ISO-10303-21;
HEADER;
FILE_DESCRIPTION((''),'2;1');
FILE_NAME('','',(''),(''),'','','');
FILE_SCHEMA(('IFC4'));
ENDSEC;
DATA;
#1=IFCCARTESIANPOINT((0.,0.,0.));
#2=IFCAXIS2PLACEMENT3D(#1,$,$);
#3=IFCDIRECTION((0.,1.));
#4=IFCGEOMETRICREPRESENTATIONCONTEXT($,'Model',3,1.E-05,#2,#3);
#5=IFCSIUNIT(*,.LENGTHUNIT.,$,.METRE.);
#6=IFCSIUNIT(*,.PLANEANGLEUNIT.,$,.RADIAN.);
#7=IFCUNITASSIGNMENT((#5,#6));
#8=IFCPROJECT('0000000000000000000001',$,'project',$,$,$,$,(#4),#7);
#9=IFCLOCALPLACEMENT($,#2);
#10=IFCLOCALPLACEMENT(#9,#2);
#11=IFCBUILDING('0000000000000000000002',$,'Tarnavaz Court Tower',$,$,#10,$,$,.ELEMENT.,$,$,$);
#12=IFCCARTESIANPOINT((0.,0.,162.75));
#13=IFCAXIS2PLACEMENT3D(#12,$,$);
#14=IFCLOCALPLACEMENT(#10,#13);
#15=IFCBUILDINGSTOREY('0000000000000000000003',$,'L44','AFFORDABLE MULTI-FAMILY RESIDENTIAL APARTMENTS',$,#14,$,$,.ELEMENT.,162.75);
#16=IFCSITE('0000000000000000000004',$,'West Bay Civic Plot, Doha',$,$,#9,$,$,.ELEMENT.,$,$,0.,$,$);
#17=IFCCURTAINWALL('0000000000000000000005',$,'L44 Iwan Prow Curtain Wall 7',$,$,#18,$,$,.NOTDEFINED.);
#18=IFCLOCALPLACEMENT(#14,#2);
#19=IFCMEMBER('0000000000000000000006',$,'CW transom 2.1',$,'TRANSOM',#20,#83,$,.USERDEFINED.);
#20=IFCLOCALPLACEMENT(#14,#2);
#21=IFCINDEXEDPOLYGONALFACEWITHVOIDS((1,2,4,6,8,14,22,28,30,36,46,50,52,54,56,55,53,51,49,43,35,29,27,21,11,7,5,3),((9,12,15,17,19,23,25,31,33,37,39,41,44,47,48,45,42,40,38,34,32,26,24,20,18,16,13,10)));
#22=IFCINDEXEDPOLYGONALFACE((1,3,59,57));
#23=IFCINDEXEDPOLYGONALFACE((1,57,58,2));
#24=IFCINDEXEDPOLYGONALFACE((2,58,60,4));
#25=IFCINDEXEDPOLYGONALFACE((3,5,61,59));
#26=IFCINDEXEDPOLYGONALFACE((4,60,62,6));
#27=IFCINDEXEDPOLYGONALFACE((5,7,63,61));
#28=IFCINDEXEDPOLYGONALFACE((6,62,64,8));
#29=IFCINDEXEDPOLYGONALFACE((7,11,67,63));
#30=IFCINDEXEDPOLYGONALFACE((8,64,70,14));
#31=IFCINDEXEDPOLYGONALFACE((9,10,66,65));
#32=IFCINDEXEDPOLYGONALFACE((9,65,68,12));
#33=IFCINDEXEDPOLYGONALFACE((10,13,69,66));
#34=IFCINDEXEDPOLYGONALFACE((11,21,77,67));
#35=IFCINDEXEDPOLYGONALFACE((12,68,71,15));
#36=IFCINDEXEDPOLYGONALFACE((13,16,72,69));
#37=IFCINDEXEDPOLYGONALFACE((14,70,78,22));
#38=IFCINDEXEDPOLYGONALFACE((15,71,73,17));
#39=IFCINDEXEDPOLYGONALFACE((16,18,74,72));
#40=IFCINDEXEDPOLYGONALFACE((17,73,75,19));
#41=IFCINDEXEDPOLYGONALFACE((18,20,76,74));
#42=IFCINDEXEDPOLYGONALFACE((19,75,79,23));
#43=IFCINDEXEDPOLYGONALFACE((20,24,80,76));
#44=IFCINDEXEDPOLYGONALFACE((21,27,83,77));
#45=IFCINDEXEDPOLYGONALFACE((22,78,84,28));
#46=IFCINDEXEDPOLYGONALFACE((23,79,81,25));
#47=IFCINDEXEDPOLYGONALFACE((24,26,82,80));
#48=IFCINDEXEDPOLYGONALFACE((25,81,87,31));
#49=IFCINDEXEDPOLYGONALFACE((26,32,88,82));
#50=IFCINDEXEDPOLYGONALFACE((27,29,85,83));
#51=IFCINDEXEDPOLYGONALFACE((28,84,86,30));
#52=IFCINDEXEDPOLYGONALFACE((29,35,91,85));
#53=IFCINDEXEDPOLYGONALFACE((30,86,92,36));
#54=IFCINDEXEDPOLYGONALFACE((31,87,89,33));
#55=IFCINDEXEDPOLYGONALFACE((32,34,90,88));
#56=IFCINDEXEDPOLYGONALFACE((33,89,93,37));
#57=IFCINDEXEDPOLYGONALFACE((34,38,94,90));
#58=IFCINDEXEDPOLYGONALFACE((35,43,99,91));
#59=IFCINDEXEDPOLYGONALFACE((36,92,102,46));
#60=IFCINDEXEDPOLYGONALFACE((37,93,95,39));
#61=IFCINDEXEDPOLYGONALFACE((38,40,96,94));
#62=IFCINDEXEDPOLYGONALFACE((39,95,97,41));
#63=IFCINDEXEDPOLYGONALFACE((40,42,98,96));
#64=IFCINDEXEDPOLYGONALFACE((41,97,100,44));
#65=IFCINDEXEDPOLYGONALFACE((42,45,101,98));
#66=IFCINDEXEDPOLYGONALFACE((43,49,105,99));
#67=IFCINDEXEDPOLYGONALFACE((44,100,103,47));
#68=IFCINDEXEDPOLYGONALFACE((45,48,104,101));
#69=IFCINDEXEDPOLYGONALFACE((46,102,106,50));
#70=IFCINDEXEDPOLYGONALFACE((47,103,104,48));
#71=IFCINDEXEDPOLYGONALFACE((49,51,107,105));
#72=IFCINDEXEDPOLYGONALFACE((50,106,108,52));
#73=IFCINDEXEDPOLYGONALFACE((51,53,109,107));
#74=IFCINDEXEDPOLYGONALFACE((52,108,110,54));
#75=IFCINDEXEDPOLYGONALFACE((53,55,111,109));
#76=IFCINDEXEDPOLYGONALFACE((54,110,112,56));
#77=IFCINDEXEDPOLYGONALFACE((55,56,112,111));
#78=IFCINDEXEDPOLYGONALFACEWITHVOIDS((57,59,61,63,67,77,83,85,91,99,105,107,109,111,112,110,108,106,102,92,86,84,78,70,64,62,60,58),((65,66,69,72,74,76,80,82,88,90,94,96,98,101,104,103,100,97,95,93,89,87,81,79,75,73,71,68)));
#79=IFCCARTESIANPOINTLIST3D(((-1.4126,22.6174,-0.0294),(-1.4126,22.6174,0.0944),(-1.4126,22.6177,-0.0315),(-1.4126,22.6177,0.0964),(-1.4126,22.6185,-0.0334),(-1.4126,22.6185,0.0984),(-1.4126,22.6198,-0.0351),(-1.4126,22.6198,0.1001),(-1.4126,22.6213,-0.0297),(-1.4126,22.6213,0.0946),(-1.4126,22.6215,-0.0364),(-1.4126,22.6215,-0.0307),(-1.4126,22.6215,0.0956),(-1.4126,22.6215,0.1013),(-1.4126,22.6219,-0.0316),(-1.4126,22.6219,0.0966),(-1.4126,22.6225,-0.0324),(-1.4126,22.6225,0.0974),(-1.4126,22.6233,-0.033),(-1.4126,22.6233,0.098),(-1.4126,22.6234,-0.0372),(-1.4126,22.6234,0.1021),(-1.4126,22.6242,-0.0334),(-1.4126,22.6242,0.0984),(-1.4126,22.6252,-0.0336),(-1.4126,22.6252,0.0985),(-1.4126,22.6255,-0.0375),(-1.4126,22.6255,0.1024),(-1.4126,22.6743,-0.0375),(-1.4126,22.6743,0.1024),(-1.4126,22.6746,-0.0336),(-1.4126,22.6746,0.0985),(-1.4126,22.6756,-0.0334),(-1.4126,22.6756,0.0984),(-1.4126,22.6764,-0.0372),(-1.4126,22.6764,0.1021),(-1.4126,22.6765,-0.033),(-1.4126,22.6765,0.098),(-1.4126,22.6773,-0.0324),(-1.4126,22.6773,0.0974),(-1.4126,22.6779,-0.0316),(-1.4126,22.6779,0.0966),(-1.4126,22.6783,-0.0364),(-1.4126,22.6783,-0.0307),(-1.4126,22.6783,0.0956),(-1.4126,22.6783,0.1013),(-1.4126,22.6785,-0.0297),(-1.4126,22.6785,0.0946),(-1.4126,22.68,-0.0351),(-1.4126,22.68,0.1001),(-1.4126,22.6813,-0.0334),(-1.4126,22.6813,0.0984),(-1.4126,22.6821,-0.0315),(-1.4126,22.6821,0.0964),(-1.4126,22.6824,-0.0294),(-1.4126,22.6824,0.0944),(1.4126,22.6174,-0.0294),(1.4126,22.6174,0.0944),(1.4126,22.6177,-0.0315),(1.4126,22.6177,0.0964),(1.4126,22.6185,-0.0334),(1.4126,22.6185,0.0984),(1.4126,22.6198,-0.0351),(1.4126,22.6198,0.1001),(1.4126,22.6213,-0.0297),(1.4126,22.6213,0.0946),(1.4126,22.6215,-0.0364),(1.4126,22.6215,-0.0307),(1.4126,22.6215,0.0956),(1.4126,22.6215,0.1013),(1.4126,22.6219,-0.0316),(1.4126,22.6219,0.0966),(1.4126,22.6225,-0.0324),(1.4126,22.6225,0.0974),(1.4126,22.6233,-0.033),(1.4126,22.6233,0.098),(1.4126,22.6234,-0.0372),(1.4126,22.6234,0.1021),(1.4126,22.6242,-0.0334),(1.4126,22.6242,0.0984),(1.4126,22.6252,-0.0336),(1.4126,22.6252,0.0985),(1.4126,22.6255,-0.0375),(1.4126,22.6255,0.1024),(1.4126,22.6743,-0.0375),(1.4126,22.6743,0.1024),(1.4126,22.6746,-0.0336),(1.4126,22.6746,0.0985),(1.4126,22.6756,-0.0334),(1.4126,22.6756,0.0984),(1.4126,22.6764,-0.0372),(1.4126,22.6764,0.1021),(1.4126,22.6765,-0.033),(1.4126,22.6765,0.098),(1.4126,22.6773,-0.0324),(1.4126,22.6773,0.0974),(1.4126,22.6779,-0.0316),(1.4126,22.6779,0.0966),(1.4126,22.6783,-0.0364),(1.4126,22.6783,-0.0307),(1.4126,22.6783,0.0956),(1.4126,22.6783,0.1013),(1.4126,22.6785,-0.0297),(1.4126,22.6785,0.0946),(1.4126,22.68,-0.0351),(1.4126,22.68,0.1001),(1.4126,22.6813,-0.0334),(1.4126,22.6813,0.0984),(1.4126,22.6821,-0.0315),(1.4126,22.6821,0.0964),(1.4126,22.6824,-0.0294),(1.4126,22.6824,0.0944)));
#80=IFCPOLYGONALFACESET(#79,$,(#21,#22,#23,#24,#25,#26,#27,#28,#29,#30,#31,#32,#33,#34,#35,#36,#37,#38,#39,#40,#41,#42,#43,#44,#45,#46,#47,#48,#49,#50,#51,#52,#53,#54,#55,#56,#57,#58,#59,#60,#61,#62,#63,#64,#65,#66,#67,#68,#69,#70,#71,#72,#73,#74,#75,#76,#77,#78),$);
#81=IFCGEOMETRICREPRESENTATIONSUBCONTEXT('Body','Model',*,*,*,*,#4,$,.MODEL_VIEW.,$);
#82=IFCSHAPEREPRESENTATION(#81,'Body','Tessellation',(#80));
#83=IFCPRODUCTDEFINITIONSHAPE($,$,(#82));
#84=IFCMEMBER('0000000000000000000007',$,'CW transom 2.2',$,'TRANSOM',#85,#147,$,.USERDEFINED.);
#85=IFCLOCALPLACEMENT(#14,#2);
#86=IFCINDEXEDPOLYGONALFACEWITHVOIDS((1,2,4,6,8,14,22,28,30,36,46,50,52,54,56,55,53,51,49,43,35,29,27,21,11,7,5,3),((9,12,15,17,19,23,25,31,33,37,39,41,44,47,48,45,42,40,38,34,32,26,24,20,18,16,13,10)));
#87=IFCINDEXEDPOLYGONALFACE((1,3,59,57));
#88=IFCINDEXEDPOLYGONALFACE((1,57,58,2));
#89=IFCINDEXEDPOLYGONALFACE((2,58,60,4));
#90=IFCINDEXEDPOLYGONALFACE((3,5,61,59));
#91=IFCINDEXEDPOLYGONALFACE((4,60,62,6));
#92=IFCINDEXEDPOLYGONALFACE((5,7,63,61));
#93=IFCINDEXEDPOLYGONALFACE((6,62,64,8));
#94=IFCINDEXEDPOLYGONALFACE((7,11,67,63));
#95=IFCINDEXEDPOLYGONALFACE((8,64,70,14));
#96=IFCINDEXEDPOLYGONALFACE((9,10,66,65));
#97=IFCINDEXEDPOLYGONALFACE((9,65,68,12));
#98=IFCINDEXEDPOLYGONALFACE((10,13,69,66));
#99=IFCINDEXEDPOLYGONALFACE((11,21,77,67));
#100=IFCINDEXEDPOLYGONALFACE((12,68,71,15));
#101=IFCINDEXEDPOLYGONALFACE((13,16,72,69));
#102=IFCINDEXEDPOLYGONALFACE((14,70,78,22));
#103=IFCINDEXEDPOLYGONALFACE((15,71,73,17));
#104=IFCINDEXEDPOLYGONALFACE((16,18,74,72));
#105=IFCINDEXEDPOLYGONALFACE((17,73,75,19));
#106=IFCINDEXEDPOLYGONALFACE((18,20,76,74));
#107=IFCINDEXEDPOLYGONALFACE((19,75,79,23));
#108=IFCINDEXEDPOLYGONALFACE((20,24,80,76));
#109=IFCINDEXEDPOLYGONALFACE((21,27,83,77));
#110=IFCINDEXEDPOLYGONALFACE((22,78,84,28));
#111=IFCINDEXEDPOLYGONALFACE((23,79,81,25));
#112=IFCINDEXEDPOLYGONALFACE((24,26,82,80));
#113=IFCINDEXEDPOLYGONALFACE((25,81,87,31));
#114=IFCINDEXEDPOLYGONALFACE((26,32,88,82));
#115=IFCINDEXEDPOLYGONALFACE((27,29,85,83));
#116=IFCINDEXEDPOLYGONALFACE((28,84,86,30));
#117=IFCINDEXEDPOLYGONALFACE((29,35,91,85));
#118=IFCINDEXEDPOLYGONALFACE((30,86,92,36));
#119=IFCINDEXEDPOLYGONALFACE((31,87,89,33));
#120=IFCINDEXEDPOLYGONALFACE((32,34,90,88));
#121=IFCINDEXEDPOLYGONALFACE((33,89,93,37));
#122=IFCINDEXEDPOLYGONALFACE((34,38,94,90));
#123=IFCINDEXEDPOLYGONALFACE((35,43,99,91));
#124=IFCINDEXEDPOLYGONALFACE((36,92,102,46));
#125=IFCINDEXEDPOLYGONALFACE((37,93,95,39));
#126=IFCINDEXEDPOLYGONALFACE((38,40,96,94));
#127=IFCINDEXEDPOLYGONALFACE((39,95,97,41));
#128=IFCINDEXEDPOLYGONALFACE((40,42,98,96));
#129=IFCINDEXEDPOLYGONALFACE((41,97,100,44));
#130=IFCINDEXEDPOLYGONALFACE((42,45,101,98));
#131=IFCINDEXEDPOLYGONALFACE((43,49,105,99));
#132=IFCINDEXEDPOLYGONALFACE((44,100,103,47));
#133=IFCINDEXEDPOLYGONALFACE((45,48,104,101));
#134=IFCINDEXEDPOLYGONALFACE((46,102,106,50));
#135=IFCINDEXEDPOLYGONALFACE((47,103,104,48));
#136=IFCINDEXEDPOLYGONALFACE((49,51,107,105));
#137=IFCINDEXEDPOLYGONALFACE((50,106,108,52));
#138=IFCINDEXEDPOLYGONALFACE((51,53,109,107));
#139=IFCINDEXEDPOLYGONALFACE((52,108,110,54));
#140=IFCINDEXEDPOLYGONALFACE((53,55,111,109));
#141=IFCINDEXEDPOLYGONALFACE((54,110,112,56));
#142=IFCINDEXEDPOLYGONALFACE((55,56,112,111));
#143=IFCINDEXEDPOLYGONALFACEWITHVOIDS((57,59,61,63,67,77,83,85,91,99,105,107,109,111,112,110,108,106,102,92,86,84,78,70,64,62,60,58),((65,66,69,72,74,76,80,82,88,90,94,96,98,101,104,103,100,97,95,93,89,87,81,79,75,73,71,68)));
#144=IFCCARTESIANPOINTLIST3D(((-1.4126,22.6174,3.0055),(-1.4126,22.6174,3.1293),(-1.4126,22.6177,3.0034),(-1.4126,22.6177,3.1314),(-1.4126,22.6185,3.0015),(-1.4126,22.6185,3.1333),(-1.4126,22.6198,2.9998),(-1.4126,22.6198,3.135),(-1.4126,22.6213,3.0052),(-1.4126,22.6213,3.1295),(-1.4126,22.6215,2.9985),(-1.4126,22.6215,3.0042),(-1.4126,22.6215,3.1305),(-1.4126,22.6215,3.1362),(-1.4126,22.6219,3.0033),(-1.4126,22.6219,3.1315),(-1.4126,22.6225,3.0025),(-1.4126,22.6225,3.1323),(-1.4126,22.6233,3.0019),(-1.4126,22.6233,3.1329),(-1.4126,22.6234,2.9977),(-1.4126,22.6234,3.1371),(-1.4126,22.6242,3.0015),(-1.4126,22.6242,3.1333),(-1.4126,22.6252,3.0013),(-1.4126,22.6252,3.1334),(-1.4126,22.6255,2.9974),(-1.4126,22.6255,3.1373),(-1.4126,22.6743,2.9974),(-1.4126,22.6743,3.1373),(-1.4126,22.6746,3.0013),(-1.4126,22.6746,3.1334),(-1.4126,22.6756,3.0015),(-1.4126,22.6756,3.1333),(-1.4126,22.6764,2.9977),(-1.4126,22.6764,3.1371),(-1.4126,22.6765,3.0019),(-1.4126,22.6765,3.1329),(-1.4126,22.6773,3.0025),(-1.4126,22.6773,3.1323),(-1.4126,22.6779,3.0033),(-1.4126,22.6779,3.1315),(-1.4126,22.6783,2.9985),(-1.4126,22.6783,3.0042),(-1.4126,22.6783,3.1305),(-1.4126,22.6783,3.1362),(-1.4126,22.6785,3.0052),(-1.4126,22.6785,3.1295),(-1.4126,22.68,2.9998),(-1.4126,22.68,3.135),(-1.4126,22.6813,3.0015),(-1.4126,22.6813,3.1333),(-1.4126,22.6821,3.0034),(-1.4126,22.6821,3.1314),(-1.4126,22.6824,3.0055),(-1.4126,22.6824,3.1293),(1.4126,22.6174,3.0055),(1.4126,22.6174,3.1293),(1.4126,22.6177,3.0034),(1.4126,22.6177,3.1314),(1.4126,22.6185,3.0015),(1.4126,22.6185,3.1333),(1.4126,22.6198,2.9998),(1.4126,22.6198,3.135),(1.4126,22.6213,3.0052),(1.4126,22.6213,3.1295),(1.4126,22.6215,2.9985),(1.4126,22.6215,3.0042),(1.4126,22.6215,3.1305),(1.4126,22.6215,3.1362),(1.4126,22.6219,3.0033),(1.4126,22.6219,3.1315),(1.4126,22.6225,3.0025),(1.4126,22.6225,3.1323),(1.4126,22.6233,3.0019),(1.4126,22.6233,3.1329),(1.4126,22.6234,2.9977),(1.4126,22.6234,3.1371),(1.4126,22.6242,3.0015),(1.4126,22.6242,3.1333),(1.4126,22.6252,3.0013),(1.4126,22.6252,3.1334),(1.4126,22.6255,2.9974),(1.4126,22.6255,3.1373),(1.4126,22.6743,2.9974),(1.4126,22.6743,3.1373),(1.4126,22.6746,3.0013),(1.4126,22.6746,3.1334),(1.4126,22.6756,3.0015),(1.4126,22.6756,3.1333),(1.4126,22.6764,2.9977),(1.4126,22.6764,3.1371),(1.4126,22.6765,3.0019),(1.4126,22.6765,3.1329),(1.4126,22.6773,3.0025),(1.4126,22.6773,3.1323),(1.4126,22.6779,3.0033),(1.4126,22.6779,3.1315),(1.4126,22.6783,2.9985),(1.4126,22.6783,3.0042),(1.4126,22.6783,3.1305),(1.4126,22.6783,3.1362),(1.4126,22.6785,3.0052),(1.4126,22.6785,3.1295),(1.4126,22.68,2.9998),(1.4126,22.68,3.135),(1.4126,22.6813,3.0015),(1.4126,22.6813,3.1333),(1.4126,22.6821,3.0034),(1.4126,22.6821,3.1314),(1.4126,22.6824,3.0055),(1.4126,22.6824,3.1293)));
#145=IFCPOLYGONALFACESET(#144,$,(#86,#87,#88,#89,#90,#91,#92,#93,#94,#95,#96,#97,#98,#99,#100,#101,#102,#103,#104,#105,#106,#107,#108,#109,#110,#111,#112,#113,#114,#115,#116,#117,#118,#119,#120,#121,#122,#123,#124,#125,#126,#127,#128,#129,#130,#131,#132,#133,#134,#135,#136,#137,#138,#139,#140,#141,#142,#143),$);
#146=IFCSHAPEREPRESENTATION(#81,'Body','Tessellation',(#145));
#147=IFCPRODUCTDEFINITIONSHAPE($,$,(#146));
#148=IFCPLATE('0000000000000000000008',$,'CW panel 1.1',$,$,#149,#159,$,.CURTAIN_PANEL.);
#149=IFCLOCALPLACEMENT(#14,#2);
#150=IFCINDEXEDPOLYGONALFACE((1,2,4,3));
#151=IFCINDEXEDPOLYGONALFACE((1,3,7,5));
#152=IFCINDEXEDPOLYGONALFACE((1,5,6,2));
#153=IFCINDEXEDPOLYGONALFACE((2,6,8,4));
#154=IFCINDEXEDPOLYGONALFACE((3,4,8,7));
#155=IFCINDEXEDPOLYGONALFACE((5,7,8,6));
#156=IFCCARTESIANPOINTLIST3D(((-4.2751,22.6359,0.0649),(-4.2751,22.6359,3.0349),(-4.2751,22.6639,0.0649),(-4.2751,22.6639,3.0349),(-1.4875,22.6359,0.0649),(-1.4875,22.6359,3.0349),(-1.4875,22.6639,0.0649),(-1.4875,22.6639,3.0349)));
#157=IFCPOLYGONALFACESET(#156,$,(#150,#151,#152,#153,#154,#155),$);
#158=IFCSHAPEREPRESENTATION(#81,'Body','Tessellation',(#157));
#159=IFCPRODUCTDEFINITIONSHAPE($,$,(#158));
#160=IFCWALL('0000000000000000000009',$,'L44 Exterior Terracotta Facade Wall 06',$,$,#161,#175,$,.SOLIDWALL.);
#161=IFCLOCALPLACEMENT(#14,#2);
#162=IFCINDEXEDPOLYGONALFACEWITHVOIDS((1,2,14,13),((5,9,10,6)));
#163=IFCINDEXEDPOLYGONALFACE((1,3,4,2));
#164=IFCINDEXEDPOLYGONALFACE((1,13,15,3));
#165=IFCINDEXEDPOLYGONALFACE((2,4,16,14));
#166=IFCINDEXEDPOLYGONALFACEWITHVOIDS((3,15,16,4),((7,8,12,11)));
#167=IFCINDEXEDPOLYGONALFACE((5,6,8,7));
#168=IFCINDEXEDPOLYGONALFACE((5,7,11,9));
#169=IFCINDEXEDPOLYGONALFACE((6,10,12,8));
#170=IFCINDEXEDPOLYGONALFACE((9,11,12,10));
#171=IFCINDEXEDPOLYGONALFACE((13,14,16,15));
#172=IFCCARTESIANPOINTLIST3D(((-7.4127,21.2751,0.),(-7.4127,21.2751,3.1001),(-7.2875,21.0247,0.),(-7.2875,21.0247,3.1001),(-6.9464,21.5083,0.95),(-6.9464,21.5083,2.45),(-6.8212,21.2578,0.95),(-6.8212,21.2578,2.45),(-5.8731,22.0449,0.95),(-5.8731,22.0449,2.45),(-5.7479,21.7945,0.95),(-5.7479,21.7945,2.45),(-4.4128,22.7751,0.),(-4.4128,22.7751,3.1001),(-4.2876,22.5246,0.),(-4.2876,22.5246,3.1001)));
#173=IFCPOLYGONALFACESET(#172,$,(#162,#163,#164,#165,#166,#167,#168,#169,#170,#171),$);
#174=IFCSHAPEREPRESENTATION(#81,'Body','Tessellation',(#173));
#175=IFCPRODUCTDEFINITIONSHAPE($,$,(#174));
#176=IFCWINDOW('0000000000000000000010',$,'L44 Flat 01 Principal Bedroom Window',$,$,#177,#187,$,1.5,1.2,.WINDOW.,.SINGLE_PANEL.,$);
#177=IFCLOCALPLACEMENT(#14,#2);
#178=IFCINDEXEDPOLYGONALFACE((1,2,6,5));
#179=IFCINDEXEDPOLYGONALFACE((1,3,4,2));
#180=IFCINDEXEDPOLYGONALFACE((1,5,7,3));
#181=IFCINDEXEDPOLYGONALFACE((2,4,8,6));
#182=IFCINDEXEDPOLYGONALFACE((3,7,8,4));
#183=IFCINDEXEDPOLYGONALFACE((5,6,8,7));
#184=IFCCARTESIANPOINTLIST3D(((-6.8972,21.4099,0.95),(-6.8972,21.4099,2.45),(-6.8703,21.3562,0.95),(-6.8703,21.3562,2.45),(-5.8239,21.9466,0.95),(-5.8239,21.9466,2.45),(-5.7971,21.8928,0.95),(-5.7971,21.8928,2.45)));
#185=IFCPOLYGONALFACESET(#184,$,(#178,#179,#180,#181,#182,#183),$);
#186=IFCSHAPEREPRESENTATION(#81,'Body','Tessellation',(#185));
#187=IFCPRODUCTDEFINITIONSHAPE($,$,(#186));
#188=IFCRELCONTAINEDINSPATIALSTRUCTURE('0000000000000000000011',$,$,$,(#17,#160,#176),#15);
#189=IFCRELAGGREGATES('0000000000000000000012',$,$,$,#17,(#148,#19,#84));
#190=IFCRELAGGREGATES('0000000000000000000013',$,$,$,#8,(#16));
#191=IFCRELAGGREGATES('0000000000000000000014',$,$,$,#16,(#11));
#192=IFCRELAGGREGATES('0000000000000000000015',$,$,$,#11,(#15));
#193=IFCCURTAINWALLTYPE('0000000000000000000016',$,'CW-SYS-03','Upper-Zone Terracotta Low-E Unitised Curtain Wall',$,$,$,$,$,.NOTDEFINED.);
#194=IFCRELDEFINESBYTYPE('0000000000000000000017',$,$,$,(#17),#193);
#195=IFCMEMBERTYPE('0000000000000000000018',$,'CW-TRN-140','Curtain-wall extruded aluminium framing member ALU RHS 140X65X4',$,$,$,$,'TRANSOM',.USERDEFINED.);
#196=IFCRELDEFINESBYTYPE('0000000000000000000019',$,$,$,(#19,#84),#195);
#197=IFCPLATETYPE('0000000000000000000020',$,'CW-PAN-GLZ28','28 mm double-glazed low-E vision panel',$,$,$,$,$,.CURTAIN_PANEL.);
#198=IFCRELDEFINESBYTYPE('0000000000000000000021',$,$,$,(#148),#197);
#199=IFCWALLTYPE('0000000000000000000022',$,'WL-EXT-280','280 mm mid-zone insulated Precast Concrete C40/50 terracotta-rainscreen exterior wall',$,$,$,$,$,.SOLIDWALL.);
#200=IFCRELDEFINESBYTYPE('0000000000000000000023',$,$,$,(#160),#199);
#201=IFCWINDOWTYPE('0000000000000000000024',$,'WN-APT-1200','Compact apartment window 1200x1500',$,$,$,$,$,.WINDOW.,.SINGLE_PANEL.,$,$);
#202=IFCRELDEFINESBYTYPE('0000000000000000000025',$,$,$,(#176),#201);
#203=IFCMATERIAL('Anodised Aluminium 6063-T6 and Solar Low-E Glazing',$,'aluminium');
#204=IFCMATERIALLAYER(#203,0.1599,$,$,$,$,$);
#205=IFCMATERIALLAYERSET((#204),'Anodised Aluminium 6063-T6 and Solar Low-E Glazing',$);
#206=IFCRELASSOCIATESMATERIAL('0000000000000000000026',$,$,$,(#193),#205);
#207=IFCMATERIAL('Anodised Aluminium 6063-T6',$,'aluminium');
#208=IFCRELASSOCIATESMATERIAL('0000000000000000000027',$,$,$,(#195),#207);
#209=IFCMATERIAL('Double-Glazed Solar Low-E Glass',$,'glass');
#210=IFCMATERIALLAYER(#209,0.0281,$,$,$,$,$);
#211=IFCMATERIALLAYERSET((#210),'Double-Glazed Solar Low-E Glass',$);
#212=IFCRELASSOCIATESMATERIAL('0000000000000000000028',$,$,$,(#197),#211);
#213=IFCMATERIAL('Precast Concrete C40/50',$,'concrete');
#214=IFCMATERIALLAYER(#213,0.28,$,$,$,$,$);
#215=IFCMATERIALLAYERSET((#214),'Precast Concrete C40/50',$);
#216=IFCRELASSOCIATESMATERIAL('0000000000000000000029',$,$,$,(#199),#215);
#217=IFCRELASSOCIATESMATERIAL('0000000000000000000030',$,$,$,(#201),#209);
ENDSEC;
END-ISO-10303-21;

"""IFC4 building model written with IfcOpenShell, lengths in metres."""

from ifc_helpers import new_model, si_unit, direction, frame, frame_2d, origin, origin_2d, place, context, subcontext, project, spatial, rectangle, hollow_rectangle, extrude, material, layer, layer_set, material_profile, profile_set, type_object, element, fill, aggregate, save


model = new_model("IFC4")

# Units and contexts
model_context = context("Model", 3, precision=1e-05, world=origin(), true_north=direction((0.0, 1.0)))
body_context = subcontext(model_context, "Body", "Model", "MODEL_VIEW")
ifc_project = project(units=[si_unit("LENGTHUNIT", "METRE"), si_unit("PLANEANGLEUNIT", "RADIAN")], contexts=[model_context])

# Site, building, storey
site_placement = place(None, origin())
site = spatial("IfcSite", under=ifc_project, at=site_placement, Name="West Bay Civic Plot, Doha", CompositionType="ELEMENT", RefElevation=0.0)
building_placement = place(site_placement, origin())
building = spatial("IfcBuilding", under=site, at=building_placement, Name="Tarnavaz Court Tower", CompositionType="ELEMENT")
storey_placement = place(building_placement, frame((0.0, 0.0, 162.75)))
storey = spatial("IfcBuildingStorey", under=building, at=storey_placement, Name="L44", Description="AFFORDABLE MULTI-FAMILY RESIDENTIAL APARTMENTS", CompositionType="ELEMENT", Elevation=162.75)

# Curtain wall, members, plate
ifc_material_1 = material(Name="Anodised Aluminium 6063-T6 and Solar Low-E Glazing", Category="aluminium")
ifc_layer_1 = layer(ifc_material_1, 0.1599)
ifc_layer_set_1 = layer_set([ifc_layer_1], Name="Anodised Aluminium 6063-T6 and Solar Low-E Glazing")
curtain_wall_type = type_object("IfcCurtainWallType", Name="CW-SYS-03", Description="Upper-Zone Terracotta Low-E Unitised Curtain Wall", PredefinedType="NOTDEFINED", material=ifc_layer_set_1)
curtain_wall_placement = place(storey_placement, origin())
curtain_wall = element("IfcCurtainWall", 1, at=curtain_wall_placement, inside=storey, type_object=curtain_wall_type, Name="L44 Iwan Prow Curtain Wall 7", PredefinedType="NOTDEFINED")
ifc_material_2 = material(Name="Anodised Aluminium 6063-T6", Category="aluminium")
ifc_material_profile_1 = material_profile(ifc_material_2, hollow_rectangle(XDim=0.0649, YDim=0.1399, WallThickness=0.0039, InnerFilletRadius=0.0039, OuterFilletRadius=0.0081, at=origin_2d()), Name="ALU RHS 140X65X4")
ifc_profile_set_1 = profile_set([ifc_material_profile_1], Name="Anodised Aluminium 6063-T6")
member_type_1 = type_object("IfcMemberType", Name="CW-TRN-140", Description="Curtain-wall extruded aluminium framing member ALU RHS 140X65X4", ElementType="TRANSOM", PredefinedType="USERDEFINED", material=ifc_profile_set_1)
member_1_placement = place(storey_placement, frame((-1.4126, 22.6499, 0.0325), z_axis=(1.0, 0.0, 0.0), x_axis=(0.0, 1.0, 0.0)))
member_1 = element("IfcMember", 2, at=member_1_placement, type_object=member_type_1, Name="CW transom 2.1", ObjectType="TRANSOM", PredefinedType="USERDEFINED", context=body_context, shape_type="SweptSolid", body=[
    extrude(hollow_rectangle(XDim=0.0649, YDim=0.1399, WallThickness=0.0039, InnerFilletRadius=0.0039, OuterFilletRadius=0.0081, at=origin_2d()), origin(), (0.0, 0.0, 1.0), 2.8252),
])
member_2_placement = place(storey_placement, frame((-1.4126, 22.6499, 3.0674), z_axis=(1.0, 0.0, 0.0), x_axis=(0.0, 1.0, 0.0)))
member_2 = element("IfcMember", 3, at=member_2_placement, type_object=member_type_1, Name="CW transom 2.2", ObjectType="TRANSOM", PredefinedType="USERDEFINED", context=body_context, shape_type="SweptSolid", body=[
    extrude(hollow_rectangle(XDim=0.0649, YDim=0.1399, WallThickness=0.0039, InnerFilletRadius=0.0039, OuterFilletRadius=0.0081, at=origin_2d()), origin(), (0.0, 0.0, 1.0), 2.8252),
])
ifc_material_3 = material(Name="Double-Glazed Solar Low-E Glass", Category="glass")
ifc_layer_2 = layer(ifc_material_3, 0.0281)
ifc_layer_set_2 = layer_set([ifc_layer_2], Name="Double-Glazed Solar Low-E Glass")
plate_type = type_object("IfcPlateType", Name="CW-PAN-GLZ28", Description="28 mm double-glazed low-E vision panel", PredefinedType="CURTAIN_PANEL", material=ifc_layer_set_2)
plate_placement = place(storey_placement, frame((-2.8813, 22.6499, 0.0649), z_axis=(0.0, 0.0, 1.0), x_axis=(1.0, 0.0, 0.0)))
plate = element("IfcPlate", 4, at=plate_placement, type_object=plate_type, Name="CW panel 1.1", PredefinedType="CURTAIN_PANEL", context=body_context, shape_type="SweptSolid", body=[
    extrude(rectangle(XDim=2.7876, YDim=0.0281, at=origin_2d()), origin(), (0.0, 0.0, 1.0), 2.97),
])
aggregate(curtain_wall, [plate, member_1, member_2])

# Wall, opening, window
ifc_material_4 = material(Name="Precast Concrete C40/50", Category="concrete")
ifc_layer_3 = layer(ifc_material_4, 0.28)
ifc_layer_set_3 = layer_set([ifc_layer_3], Name="Precast Concrete C40/50")
wall_type_1 = type_object("IfcWallType", Name="WL-EXT-280", Description="280 mm mid-zone insulated Precast Concrete C40/50 terracotta-rainscreen exterior wall", PredefinedType="SOLIDWALL", material=ifc_layer_set_3)
wall_1_placement = place(storey_placement, frame((-7.3501, 21.1499, 0.0), z_axis=(0.0, 0.0, 1.0), x_axis=(0.894427, 0.447214, 0.0)))
wall_1 = element("IfcWall", 5, at=wall_1_placement, inside=storey, type_object=wall_type_1, Name="L44 Exterior Terracotta Facade Wall 06", PredefinedType="SOLIDWALL", context=body_context, shape_type="SweptSolid", body=[
    extrude(rectangle(XDim=3.354, YDim=0.28, at=frame_2d((1.677, 0.0))), origin(), (0.0, 0.0, 1.0), 3.1001),
])
opening_1_placement = place(wall_1_placement, frame((0.5212, 0.0, 0.95)))
opening_1 = element("IfcOpeningElement", 6, at=opening_1_placement, cuts=wall_1, PredefinedType="OPENING", context=body_context, shape_type="SweptSolid", body=[
    extrude(rectangle(XDim=1.2, YDim=1.5, at=frame_2d((0.6001, 0.75))), frame((0.0, 0.1499, 0.0), z_axis=(0.0, -1.0, 0.0), x_axis=(1.0, 0.0, 0.0)), (0.0, 0.0, 1.0), 0.3),
])
window_type = type_object("IfcWindowType", Name="WN-APT-1200", Description="Compact apartment window 1200x1500", PartitioningType="SINGLE_PANEL", PredefinedType="WINDOW", material=ifc_material_3)
window_placement = place(opening_1_placement, origin())
window = element("IfcWindow", 7, at=window_placement, inside=storey, type_object=window_type, Name="L44 Flat 01 Principal Bedroom Window", OverallHeight=1.5, OverallWidth=1.2, PartitioningType="SINGLE_PANEL", PredefinedType="WINDOW", context=body_context, shape_type="SweptSolid", body=[
    extrude(rectangle(XDim=1.2, YDim=1.5, at=frame_2d((0.6001, 0.75))), frame((0.0, 0.03, 0.0), z_axis=(0.0, -1.0, 0.0), x_axis=(1.0, 0.0, 0.0)), (0.0, 0.0, 1.0), 0.0601),
])
fill(opening_1, window)

save(model, "model.ifc")
